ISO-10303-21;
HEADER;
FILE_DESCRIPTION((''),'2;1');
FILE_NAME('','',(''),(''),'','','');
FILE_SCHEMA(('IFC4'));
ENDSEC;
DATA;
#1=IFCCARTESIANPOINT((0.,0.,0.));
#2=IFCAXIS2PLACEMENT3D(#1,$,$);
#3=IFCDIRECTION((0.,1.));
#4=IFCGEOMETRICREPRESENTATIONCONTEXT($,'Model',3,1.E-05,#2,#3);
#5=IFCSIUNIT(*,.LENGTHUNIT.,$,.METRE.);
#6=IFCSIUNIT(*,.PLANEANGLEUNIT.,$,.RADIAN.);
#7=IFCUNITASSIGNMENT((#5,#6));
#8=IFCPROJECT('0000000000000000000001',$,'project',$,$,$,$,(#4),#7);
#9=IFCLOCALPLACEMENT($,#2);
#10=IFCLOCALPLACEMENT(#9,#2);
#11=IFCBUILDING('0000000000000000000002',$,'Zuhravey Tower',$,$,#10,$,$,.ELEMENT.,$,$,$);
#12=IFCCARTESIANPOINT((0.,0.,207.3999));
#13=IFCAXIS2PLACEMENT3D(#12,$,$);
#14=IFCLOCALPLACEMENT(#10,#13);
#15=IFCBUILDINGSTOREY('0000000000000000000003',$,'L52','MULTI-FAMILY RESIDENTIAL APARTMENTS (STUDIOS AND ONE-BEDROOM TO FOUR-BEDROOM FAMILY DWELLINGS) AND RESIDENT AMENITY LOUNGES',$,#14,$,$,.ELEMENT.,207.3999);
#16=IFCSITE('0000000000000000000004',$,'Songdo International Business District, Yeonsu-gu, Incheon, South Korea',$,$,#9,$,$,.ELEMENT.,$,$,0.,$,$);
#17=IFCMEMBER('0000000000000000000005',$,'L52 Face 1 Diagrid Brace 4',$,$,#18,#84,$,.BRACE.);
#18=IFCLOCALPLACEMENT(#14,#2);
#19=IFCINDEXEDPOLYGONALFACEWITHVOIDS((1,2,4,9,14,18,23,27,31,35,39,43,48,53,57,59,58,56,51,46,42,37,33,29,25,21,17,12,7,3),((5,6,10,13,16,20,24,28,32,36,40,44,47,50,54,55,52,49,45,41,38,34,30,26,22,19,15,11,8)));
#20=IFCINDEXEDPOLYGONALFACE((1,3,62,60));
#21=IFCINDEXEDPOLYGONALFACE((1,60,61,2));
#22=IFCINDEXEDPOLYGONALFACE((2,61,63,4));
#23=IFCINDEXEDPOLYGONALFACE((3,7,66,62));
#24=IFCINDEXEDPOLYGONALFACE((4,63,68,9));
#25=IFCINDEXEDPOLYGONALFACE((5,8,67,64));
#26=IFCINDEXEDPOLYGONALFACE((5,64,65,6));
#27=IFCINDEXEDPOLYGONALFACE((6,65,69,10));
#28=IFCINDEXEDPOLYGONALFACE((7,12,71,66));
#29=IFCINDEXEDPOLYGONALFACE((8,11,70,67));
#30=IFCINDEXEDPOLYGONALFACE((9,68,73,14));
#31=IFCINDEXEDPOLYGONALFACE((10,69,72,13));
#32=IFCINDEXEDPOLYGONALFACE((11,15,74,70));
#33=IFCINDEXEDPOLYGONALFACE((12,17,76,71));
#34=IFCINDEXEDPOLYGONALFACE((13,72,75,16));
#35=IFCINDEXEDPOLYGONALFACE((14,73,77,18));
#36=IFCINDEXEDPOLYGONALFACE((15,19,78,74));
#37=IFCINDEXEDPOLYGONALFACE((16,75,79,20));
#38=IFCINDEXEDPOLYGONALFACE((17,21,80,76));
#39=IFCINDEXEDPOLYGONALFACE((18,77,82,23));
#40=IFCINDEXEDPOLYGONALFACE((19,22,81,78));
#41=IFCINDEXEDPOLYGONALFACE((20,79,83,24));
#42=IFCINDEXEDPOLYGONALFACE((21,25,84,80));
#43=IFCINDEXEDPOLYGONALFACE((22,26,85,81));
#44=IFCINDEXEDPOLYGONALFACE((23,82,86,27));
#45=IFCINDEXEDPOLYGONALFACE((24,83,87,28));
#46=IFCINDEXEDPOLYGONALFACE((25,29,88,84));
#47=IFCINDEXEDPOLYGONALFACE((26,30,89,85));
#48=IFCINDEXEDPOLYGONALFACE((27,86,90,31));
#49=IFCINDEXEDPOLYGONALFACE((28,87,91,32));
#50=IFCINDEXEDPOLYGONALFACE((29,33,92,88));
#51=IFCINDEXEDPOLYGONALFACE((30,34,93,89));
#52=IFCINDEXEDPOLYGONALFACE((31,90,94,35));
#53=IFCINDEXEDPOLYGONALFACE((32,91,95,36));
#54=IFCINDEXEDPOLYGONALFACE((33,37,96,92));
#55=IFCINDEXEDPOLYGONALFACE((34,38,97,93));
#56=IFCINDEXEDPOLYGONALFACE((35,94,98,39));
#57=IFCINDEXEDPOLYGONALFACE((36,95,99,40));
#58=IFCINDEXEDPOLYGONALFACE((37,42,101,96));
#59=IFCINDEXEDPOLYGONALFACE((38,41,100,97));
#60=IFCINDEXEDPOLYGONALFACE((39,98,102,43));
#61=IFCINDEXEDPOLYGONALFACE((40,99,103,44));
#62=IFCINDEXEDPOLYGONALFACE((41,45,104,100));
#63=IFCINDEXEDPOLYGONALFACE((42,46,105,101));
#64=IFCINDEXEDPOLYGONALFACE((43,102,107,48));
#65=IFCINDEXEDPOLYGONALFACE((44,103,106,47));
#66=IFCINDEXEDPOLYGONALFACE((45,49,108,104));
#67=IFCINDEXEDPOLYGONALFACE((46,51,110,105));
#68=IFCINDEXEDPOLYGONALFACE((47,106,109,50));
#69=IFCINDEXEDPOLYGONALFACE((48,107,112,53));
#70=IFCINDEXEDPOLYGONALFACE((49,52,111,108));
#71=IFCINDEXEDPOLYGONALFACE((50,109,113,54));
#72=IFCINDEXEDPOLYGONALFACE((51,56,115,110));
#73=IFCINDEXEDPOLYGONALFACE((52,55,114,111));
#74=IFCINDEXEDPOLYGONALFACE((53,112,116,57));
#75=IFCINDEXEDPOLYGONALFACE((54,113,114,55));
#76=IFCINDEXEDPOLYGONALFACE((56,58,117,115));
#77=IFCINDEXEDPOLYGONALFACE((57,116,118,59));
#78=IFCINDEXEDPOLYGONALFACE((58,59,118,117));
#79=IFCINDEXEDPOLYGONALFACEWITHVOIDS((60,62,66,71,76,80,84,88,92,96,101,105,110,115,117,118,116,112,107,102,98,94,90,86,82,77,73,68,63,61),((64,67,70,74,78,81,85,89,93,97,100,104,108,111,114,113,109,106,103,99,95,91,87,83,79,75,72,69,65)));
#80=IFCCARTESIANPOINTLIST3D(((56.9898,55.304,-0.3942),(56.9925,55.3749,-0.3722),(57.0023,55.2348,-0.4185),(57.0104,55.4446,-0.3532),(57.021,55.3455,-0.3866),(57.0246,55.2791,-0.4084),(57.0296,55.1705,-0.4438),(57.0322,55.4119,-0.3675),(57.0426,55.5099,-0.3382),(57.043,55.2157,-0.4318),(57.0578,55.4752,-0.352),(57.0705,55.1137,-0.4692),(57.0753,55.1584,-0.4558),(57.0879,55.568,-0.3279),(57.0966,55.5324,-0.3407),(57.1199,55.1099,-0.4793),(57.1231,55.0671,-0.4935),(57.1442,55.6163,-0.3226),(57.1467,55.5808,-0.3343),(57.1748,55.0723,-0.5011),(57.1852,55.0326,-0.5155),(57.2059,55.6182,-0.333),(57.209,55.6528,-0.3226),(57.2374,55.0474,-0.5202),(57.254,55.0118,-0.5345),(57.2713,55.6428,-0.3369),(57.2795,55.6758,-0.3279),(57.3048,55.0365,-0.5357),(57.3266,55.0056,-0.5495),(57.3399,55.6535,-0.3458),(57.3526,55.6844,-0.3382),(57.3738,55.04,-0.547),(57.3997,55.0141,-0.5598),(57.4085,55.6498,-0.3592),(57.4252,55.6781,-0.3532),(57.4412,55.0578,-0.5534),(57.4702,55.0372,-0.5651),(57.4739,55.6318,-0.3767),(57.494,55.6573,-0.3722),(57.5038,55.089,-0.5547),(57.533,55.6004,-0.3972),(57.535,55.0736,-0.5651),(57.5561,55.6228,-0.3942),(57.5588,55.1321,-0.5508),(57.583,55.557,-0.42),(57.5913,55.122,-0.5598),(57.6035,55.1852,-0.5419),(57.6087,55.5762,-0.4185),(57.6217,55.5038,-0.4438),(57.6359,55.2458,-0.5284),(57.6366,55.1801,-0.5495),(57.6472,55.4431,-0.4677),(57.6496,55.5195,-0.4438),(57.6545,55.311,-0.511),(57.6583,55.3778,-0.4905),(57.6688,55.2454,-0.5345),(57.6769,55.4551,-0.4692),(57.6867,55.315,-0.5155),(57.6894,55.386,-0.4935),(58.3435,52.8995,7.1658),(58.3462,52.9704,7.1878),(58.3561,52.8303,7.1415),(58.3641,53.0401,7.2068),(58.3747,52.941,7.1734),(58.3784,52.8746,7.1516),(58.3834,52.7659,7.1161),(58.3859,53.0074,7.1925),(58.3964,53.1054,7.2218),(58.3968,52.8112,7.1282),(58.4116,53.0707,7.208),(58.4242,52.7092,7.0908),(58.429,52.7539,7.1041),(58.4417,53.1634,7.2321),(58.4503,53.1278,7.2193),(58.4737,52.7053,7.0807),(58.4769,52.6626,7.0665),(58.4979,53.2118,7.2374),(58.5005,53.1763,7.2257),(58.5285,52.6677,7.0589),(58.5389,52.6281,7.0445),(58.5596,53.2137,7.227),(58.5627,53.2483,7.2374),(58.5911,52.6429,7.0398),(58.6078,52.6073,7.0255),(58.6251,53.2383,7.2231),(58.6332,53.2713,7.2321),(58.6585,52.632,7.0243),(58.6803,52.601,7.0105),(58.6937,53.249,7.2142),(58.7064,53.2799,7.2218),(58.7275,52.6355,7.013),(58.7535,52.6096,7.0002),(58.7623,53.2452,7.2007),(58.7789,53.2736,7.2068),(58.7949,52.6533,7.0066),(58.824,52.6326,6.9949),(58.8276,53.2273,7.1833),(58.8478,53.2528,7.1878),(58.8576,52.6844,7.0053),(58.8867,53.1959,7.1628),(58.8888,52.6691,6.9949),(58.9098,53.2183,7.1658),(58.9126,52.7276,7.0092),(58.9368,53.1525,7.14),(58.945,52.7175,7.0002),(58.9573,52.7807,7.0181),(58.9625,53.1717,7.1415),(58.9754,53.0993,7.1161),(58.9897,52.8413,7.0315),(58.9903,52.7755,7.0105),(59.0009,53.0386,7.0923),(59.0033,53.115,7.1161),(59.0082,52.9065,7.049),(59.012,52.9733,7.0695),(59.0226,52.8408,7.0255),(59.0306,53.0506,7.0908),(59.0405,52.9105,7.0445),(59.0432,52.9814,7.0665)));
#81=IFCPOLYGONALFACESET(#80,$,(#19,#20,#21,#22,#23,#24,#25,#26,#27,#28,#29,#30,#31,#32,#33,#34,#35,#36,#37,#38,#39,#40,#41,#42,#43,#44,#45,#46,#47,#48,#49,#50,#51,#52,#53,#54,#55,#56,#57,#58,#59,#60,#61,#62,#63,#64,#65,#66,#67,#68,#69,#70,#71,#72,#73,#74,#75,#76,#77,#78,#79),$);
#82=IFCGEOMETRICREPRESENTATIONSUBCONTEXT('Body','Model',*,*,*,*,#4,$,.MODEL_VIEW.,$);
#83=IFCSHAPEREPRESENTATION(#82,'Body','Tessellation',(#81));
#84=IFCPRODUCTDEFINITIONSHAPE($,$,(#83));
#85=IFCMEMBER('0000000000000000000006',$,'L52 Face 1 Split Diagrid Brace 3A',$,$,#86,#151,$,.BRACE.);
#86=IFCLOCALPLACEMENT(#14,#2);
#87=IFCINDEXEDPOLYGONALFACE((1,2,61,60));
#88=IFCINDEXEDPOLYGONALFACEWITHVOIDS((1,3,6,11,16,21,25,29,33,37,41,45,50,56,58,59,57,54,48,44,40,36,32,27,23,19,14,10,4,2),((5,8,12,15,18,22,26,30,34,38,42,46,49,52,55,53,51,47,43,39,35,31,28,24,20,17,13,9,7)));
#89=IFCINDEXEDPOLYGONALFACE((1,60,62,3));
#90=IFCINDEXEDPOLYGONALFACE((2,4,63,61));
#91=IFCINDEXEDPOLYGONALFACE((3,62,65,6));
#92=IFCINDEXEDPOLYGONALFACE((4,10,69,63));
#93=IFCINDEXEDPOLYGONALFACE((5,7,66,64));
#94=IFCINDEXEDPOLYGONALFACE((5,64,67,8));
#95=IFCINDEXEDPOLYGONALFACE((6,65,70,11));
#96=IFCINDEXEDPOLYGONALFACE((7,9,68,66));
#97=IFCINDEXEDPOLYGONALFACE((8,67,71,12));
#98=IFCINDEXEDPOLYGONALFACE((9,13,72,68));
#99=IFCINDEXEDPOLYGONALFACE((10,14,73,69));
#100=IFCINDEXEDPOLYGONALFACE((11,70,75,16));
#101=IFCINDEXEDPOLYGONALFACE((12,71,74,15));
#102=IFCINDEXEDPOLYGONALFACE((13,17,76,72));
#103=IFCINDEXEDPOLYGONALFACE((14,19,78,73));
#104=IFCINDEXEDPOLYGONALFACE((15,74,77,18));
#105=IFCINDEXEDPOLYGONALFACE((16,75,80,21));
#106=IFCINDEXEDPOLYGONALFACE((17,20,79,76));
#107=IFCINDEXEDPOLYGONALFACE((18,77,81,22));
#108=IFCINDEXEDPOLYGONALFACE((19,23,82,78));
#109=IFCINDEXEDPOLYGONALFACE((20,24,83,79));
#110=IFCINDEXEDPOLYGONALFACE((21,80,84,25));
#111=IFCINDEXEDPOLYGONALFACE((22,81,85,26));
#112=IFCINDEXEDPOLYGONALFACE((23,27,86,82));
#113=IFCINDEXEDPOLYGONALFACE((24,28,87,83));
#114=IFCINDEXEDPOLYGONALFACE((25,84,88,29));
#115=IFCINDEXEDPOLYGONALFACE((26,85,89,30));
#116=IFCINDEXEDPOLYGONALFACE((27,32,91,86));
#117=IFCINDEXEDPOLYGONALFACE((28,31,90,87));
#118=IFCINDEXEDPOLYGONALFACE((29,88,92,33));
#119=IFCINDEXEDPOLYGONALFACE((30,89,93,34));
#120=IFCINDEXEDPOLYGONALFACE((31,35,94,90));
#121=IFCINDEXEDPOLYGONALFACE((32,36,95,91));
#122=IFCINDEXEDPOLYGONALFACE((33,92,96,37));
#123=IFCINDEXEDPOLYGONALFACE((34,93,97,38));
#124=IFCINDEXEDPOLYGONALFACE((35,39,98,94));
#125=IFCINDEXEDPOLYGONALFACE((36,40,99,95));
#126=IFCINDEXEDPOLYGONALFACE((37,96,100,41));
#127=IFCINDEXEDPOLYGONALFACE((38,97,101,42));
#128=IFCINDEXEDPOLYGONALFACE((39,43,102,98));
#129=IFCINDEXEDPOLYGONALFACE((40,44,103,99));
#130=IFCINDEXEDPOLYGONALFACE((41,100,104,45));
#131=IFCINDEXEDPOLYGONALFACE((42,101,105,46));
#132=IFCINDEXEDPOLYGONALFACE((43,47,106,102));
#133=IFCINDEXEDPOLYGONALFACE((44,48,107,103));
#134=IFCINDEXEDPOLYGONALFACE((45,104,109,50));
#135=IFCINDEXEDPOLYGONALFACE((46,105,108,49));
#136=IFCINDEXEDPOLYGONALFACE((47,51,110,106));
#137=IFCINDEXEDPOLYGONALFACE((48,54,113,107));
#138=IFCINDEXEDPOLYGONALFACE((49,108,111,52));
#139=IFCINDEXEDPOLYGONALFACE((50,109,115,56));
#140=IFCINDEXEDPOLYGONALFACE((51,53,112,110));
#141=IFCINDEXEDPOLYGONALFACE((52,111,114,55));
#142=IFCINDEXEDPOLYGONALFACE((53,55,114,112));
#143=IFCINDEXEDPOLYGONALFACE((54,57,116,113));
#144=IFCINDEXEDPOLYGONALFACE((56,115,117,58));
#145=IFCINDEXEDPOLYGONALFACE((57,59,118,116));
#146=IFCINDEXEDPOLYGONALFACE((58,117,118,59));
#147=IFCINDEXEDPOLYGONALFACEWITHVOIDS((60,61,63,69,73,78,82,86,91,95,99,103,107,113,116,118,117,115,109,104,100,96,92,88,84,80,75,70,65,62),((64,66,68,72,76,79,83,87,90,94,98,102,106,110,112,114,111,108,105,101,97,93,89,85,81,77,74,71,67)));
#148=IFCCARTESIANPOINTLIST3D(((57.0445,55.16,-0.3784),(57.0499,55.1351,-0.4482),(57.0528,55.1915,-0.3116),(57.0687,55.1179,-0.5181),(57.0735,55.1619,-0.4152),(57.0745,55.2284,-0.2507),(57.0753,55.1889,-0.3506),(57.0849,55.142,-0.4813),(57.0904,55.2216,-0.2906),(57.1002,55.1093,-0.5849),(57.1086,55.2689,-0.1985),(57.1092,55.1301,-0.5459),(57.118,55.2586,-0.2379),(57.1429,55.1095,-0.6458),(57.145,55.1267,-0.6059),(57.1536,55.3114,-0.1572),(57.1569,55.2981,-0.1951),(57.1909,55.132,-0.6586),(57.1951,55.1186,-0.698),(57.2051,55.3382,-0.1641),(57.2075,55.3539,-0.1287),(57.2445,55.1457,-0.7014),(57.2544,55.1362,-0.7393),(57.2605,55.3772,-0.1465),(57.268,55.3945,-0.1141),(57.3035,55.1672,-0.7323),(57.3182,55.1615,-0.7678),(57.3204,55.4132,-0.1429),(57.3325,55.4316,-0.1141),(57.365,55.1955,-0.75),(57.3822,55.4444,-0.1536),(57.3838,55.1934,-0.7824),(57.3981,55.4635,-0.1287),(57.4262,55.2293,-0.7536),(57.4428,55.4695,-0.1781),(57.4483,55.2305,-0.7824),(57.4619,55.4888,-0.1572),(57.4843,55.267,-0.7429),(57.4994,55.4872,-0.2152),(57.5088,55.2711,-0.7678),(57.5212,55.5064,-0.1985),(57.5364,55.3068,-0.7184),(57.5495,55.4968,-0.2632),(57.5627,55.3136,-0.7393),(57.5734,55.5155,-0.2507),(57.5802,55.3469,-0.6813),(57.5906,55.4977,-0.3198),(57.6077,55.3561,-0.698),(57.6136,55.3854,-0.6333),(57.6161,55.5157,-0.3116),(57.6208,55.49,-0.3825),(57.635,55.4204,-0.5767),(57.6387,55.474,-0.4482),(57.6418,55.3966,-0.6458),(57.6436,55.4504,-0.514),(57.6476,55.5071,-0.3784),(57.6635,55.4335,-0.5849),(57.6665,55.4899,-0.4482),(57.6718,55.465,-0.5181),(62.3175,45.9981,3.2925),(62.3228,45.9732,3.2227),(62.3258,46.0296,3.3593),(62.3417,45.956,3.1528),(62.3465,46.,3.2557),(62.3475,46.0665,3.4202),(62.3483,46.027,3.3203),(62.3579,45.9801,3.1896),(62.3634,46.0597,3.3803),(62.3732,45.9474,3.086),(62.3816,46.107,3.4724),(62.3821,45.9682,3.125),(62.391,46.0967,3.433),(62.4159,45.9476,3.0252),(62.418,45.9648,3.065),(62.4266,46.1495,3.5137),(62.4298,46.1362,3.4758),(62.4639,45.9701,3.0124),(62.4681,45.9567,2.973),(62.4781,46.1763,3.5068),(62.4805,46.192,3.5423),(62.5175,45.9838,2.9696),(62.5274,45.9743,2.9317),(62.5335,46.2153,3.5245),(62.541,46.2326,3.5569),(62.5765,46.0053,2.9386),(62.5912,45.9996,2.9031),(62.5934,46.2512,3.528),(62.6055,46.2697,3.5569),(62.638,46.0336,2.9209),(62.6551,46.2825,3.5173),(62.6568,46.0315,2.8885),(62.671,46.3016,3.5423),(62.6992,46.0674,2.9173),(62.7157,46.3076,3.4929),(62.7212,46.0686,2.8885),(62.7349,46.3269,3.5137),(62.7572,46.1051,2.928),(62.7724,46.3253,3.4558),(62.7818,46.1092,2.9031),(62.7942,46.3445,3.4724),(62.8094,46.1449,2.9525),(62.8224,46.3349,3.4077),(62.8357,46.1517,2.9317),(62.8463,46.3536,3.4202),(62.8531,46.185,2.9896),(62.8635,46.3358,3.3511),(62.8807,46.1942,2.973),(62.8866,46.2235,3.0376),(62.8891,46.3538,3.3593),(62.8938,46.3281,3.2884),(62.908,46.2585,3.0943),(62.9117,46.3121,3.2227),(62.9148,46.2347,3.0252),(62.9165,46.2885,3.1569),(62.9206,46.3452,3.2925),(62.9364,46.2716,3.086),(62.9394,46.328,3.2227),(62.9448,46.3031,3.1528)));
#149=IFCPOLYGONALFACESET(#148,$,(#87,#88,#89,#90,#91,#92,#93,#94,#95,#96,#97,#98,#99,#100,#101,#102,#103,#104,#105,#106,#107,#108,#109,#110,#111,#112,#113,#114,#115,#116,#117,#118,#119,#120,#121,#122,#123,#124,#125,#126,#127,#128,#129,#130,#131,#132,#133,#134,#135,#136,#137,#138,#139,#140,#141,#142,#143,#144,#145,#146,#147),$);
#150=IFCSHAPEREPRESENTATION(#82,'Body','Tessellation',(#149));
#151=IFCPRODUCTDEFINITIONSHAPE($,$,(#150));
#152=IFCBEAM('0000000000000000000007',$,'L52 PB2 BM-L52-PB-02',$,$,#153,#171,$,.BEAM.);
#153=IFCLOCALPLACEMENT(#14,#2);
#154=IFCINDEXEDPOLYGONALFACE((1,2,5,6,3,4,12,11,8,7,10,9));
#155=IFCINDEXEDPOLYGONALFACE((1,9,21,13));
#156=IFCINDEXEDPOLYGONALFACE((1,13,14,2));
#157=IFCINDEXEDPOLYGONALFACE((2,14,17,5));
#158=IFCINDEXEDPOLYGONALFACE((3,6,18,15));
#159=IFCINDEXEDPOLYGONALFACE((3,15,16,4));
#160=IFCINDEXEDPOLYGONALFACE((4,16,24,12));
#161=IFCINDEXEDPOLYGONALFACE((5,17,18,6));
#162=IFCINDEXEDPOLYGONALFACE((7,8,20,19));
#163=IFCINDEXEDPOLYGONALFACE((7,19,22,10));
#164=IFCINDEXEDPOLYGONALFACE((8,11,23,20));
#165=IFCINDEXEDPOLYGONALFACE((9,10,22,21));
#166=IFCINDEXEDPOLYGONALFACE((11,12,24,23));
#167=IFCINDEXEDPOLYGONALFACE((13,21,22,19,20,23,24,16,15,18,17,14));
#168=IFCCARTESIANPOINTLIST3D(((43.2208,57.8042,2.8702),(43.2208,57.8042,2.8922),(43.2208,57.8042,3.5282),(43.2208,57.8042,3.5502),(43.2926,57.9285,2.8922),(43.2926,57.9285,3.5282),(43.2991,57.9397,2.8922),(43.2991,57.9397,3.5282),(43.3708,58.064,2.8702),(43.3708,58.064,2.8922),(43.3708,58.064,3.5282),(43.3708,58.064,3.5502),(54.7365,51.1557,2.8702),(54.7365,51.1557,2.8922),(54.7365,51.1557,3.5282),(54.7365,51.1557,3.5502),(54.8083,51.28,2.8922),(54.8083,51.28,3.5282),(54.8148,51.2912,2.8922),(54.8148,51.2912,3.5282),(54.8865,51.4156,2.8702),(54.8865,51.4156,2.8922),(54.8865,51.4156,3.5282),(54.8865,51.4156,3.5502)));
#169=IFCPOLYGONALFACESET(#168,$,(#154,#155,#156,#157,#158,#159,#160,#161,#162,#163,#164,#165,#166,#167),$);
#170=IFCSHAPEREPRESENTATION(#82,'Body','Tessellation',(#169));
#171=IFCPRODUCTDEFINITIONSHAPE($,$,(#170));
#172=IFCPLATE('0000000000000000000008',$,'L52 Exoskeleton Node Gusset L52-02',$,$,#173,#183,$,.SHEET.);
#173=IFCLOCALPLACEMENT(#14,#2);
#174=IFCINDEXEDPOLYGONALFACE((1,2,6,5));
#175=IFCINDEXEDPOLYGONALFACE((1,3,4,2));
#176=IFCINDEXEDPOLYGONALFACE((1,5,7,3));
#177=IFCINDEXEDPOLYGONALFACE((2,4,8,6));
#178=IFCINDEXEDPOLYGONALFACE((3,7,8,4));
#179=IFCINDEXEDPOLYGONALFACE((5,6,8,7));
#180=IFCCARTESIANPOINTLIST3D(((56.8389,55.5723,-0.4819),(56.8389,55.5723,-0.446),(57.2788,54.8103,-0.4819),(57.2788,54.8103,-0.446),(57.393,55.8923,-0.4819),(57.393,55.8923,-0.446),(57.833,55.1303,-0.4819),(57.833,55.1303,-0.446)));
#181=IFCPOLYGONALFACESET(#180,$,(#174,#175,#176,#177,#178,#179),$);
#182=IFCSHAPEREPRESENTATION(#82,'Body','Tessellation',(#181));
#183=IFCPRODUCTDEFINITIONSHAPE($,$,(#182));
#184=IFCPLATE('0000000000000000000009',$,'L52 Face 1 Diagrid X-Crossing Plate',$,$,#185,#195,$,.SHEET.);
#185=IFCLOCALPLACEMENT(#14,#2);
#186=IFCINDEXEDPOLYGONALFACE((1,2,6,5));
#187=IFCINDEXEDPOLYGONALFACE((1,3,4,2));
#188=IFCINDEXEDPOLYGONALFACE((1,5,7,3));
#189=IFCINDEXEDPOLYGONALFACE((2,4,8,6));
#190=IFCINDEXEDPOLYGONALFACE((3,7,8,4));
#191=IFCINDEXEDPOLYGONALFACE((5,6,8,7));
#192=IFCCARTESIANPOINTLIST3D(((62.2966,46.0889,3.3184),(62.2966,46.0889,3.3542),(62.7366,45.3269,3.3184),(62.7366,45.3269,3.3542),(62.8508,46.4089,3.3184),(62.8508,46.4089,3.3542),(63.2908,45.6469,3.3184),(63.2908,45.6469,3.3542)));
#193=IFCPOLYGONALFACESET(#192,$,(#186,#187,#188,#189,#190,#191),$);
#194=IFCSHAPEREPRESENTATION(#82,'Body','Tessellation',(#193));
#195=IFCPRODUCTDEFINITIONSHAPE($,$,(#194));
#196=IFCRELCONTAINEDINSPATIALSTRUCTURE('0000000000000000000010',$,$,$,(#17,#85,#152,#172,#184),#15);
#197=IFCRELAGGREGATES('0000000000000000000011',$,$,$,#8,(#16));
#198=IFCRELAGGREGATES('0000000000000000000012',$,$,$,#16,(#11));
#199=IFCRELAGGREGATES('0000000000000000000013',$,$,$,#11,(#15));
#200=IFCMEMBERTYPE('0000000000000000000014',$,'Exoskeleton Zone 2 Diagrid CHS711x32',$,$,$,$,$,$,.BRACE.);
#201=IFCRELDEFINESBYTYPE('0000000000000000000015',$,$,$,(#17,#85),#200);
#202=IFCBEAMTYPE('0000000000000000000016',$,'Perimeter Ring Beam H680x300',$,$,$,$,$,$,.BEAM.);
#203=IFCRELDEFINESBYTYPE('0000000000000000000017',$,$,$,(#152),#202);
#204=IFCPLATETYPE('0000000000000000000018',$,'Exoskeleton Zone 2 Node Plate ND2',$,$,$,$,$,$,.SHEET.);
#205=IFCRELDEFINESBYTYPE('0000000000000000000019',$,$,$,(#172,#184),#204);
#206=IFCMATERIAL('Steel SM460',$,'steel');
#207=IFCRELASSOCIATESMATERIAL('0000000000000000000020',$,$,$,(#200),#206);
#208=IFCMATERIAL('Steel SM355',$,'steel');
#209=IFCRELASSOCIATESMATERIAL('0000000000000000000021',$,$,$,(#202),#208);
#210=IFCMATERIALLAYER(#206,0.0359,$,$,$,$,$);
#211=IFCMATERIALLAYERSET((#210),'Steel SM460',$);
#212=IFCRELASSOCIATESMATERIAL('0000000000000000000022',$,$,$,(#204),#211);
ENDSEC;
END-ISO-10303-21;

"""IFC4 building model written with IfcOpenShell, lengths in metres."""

from ifc_helpers import new_model, si_unit, direction, frame, origin, origin_2d, place, context, subcontext, project, spatial, rectangle, hollow_circle, i_section, extrude, material, layer, layer_set, material_profile, profile_set, type_object, element, save


model = new_model("IFC4")

# Units and contexts
model_context = context("Model", 3, precision=1e-05, world=origin(), true_north=direction((0.0, 1.0)))
body_context = subcontext(model_context, "Body", "Model", "MODEL_VIEW")
ifc_project = project(units=[si_unit("LENGTHUNIT", "METRE"), si_unit("PLANEANGLEUNIT", "RADIAN")], contexts=[model_context])

# Site, building, storey
site_placement = place(None, origin())
site = spatial("IfcSite", under=ifc_project, at=site_placement, Name="Songdo International Business District, Yeonsu-gu, Incheon, South Korea", CompositionType="ELEMENT", RefElevation=0.0)
building_placement = place(site_placement, origin())
building = spatial("IfcBuilding", under=site, at=building_placement, Name="Zuhravey Tower", CompositionType="ELEMENT")
storey_placement = place(building_placement, frame((0.0, 0.0, 207.3999)))
storey = spatial("IfcBuildingStorey", under=building, at=storey_placement, Name="L52", Description="MULTI-FAMILY RESIDENTIAL APARTMENTS (STUDIOS AND ONE-BEDROOM TO FOUR-BEDROOM FAMILY DWELLINGS) AND RESIDENT AMENITY LOUNGES", CompositionType="ELEMENT", Elevation=207.3999)

# Members
ifc_material_1 = material(Name="Steel SM460", Category="steel")
ifc_material_profile_1 = material_profile(ifc_material_1, hollow_circle(Radius=0.3557, WallThickness=0.032, at=origin_2d()), Name="CHS-711.2x32")
ifc_profile_set_1 = profile_set([ifc_material_profile_1], Name="Steel SM460")
member_type_1 = type_object("IfcMemberType", Name="Exoskeleton Zone 2 Diagrid CHS711x32", PredefinedType="BRACE", material=ifc_profile_set_1)
member_1_placement = place(storey_placement, frame((57.3396, 55.345, -0.4438), z_axis=(0.168212, -0.298778, 0.939381), x_axis=(0.871389, 0.490593, 0.0)))
element("IfcMember", 1, at=member_1_placement, inside=storey, type_object=member_type_1, Name="L52 Face 1 Diagrid Brace 4", PredefinedType="BRACE", context=body_context, shape_type="SweptSolid", body=[
    extrude(hollow_circle(Radius=0.3557, WallThickness=0.032, at=origin_2d()), origin(), (0.0, 0.0, 1.0), 8.0479),
])
member_2_placement = place(storey_placement, frame((57.3582, 55.3125, -0.4482), z_axis=(0.471214, -0.818744, 0.328048), x_axis=(0.866707, 0.498818, 0.0)))
element("IfcMember", 2, at=member_2_placement, inside=storey, type_object=member_type_1, Name="L52 Face 1 Split Diagrid Brace 3A", PredefinedType="BRACE", context=body_context, shape_type="SweptSolid", body=[
    extrude(hollow_circle(Radius=0.3557, WallThickness=0.032, at=origin_2d()), origin(), (0.0, 0.0, 1.0), 11.1902),
])

# Beam
ifc_material_2 = material(Name="Steel SM355", Category="steel")
ifc_material_profile_2 = material_profile(ifc_material_2, i_section(OverallWidth=0.3, OverallDepth=0.6799, WebThickness=0.0129, FlangeThickness=0.022, at=origin_2d()), Name="H-680x300x13x22")
ifc_profile_set_2 = profile_set([ifc_material_profile_2], Name="Steel SM355")
beam_type = type_object("IfcBeamType", Name="Perimeter Ring Beam H680x300", PredefinedType="BEAM", material=ifc_profile_set_2)
beam_placement = place(storey_placement, frame((54.8115, 51.2856, 3.2102), z_axis=(-0.866029, 0.499994, 0.0), x_axis=(-0.499994, -0.866029, 0.0)))
element("IfcBeam", 3, at=beam_placement, inside=storey, type_object=beam_type, Name="L52 PB2 BM-L52-PB-02", PredefinedType="BEAM", context=body_context, shape_type="SweptSolid", body=[
    extrude(i_section(OverallWidth=0.3, OverallDepth=0.6799, WebThickness=0.0129, FlangeThickness=0.022, at=origin_2d()), origin(), (0.0, 0.0, 1.0), 13.2971),
])

# Plates
ifc_layer_1 = layer(ifc_material_1, 0.0359)
ifc_layer_set_1 = layer_set([ifc_layer_1], Name="Steel SM460")
plate_type_1 = type_object("IfcPlateType", Name="Exoskeleton Zone 2 Node Plate ND2", PredefinedType="SHEET", material=ifc_layer_set_1)
for number, where, z_axis, x_axis, name in (
    (4, (57.3359, 55.3513, -0.4819), (0.0, 0.0, 1.0), (-0.5, 0.866025, 0.0), "L52 Exoskeleton Node Gusset L52-02"),
    (5, (62.7937, 45.8679, 3.3184), (0.0, 0.0, 1.0), (-0.5, 0.866025, 0.0), "L52 Face 1 Diagrid X-Crossing Plate"),
):
    element("IfcPlate", number, at=place(storey_placement, frame(where, z_axis=z_axis, x_axis=x_axis)), inside=storey, type_object=plate_type_1, Name=name, PredefinedType="SHEET", context=body_context, shape_type="SweptSolid", body=[
        extrude(rectangle(XDim=0.8799, YDim=0.6399, at=origin_2d()), origin(), (0.0, 0.0, 1.0), 0.0359),
    ])

save(model, "model.ifc")
